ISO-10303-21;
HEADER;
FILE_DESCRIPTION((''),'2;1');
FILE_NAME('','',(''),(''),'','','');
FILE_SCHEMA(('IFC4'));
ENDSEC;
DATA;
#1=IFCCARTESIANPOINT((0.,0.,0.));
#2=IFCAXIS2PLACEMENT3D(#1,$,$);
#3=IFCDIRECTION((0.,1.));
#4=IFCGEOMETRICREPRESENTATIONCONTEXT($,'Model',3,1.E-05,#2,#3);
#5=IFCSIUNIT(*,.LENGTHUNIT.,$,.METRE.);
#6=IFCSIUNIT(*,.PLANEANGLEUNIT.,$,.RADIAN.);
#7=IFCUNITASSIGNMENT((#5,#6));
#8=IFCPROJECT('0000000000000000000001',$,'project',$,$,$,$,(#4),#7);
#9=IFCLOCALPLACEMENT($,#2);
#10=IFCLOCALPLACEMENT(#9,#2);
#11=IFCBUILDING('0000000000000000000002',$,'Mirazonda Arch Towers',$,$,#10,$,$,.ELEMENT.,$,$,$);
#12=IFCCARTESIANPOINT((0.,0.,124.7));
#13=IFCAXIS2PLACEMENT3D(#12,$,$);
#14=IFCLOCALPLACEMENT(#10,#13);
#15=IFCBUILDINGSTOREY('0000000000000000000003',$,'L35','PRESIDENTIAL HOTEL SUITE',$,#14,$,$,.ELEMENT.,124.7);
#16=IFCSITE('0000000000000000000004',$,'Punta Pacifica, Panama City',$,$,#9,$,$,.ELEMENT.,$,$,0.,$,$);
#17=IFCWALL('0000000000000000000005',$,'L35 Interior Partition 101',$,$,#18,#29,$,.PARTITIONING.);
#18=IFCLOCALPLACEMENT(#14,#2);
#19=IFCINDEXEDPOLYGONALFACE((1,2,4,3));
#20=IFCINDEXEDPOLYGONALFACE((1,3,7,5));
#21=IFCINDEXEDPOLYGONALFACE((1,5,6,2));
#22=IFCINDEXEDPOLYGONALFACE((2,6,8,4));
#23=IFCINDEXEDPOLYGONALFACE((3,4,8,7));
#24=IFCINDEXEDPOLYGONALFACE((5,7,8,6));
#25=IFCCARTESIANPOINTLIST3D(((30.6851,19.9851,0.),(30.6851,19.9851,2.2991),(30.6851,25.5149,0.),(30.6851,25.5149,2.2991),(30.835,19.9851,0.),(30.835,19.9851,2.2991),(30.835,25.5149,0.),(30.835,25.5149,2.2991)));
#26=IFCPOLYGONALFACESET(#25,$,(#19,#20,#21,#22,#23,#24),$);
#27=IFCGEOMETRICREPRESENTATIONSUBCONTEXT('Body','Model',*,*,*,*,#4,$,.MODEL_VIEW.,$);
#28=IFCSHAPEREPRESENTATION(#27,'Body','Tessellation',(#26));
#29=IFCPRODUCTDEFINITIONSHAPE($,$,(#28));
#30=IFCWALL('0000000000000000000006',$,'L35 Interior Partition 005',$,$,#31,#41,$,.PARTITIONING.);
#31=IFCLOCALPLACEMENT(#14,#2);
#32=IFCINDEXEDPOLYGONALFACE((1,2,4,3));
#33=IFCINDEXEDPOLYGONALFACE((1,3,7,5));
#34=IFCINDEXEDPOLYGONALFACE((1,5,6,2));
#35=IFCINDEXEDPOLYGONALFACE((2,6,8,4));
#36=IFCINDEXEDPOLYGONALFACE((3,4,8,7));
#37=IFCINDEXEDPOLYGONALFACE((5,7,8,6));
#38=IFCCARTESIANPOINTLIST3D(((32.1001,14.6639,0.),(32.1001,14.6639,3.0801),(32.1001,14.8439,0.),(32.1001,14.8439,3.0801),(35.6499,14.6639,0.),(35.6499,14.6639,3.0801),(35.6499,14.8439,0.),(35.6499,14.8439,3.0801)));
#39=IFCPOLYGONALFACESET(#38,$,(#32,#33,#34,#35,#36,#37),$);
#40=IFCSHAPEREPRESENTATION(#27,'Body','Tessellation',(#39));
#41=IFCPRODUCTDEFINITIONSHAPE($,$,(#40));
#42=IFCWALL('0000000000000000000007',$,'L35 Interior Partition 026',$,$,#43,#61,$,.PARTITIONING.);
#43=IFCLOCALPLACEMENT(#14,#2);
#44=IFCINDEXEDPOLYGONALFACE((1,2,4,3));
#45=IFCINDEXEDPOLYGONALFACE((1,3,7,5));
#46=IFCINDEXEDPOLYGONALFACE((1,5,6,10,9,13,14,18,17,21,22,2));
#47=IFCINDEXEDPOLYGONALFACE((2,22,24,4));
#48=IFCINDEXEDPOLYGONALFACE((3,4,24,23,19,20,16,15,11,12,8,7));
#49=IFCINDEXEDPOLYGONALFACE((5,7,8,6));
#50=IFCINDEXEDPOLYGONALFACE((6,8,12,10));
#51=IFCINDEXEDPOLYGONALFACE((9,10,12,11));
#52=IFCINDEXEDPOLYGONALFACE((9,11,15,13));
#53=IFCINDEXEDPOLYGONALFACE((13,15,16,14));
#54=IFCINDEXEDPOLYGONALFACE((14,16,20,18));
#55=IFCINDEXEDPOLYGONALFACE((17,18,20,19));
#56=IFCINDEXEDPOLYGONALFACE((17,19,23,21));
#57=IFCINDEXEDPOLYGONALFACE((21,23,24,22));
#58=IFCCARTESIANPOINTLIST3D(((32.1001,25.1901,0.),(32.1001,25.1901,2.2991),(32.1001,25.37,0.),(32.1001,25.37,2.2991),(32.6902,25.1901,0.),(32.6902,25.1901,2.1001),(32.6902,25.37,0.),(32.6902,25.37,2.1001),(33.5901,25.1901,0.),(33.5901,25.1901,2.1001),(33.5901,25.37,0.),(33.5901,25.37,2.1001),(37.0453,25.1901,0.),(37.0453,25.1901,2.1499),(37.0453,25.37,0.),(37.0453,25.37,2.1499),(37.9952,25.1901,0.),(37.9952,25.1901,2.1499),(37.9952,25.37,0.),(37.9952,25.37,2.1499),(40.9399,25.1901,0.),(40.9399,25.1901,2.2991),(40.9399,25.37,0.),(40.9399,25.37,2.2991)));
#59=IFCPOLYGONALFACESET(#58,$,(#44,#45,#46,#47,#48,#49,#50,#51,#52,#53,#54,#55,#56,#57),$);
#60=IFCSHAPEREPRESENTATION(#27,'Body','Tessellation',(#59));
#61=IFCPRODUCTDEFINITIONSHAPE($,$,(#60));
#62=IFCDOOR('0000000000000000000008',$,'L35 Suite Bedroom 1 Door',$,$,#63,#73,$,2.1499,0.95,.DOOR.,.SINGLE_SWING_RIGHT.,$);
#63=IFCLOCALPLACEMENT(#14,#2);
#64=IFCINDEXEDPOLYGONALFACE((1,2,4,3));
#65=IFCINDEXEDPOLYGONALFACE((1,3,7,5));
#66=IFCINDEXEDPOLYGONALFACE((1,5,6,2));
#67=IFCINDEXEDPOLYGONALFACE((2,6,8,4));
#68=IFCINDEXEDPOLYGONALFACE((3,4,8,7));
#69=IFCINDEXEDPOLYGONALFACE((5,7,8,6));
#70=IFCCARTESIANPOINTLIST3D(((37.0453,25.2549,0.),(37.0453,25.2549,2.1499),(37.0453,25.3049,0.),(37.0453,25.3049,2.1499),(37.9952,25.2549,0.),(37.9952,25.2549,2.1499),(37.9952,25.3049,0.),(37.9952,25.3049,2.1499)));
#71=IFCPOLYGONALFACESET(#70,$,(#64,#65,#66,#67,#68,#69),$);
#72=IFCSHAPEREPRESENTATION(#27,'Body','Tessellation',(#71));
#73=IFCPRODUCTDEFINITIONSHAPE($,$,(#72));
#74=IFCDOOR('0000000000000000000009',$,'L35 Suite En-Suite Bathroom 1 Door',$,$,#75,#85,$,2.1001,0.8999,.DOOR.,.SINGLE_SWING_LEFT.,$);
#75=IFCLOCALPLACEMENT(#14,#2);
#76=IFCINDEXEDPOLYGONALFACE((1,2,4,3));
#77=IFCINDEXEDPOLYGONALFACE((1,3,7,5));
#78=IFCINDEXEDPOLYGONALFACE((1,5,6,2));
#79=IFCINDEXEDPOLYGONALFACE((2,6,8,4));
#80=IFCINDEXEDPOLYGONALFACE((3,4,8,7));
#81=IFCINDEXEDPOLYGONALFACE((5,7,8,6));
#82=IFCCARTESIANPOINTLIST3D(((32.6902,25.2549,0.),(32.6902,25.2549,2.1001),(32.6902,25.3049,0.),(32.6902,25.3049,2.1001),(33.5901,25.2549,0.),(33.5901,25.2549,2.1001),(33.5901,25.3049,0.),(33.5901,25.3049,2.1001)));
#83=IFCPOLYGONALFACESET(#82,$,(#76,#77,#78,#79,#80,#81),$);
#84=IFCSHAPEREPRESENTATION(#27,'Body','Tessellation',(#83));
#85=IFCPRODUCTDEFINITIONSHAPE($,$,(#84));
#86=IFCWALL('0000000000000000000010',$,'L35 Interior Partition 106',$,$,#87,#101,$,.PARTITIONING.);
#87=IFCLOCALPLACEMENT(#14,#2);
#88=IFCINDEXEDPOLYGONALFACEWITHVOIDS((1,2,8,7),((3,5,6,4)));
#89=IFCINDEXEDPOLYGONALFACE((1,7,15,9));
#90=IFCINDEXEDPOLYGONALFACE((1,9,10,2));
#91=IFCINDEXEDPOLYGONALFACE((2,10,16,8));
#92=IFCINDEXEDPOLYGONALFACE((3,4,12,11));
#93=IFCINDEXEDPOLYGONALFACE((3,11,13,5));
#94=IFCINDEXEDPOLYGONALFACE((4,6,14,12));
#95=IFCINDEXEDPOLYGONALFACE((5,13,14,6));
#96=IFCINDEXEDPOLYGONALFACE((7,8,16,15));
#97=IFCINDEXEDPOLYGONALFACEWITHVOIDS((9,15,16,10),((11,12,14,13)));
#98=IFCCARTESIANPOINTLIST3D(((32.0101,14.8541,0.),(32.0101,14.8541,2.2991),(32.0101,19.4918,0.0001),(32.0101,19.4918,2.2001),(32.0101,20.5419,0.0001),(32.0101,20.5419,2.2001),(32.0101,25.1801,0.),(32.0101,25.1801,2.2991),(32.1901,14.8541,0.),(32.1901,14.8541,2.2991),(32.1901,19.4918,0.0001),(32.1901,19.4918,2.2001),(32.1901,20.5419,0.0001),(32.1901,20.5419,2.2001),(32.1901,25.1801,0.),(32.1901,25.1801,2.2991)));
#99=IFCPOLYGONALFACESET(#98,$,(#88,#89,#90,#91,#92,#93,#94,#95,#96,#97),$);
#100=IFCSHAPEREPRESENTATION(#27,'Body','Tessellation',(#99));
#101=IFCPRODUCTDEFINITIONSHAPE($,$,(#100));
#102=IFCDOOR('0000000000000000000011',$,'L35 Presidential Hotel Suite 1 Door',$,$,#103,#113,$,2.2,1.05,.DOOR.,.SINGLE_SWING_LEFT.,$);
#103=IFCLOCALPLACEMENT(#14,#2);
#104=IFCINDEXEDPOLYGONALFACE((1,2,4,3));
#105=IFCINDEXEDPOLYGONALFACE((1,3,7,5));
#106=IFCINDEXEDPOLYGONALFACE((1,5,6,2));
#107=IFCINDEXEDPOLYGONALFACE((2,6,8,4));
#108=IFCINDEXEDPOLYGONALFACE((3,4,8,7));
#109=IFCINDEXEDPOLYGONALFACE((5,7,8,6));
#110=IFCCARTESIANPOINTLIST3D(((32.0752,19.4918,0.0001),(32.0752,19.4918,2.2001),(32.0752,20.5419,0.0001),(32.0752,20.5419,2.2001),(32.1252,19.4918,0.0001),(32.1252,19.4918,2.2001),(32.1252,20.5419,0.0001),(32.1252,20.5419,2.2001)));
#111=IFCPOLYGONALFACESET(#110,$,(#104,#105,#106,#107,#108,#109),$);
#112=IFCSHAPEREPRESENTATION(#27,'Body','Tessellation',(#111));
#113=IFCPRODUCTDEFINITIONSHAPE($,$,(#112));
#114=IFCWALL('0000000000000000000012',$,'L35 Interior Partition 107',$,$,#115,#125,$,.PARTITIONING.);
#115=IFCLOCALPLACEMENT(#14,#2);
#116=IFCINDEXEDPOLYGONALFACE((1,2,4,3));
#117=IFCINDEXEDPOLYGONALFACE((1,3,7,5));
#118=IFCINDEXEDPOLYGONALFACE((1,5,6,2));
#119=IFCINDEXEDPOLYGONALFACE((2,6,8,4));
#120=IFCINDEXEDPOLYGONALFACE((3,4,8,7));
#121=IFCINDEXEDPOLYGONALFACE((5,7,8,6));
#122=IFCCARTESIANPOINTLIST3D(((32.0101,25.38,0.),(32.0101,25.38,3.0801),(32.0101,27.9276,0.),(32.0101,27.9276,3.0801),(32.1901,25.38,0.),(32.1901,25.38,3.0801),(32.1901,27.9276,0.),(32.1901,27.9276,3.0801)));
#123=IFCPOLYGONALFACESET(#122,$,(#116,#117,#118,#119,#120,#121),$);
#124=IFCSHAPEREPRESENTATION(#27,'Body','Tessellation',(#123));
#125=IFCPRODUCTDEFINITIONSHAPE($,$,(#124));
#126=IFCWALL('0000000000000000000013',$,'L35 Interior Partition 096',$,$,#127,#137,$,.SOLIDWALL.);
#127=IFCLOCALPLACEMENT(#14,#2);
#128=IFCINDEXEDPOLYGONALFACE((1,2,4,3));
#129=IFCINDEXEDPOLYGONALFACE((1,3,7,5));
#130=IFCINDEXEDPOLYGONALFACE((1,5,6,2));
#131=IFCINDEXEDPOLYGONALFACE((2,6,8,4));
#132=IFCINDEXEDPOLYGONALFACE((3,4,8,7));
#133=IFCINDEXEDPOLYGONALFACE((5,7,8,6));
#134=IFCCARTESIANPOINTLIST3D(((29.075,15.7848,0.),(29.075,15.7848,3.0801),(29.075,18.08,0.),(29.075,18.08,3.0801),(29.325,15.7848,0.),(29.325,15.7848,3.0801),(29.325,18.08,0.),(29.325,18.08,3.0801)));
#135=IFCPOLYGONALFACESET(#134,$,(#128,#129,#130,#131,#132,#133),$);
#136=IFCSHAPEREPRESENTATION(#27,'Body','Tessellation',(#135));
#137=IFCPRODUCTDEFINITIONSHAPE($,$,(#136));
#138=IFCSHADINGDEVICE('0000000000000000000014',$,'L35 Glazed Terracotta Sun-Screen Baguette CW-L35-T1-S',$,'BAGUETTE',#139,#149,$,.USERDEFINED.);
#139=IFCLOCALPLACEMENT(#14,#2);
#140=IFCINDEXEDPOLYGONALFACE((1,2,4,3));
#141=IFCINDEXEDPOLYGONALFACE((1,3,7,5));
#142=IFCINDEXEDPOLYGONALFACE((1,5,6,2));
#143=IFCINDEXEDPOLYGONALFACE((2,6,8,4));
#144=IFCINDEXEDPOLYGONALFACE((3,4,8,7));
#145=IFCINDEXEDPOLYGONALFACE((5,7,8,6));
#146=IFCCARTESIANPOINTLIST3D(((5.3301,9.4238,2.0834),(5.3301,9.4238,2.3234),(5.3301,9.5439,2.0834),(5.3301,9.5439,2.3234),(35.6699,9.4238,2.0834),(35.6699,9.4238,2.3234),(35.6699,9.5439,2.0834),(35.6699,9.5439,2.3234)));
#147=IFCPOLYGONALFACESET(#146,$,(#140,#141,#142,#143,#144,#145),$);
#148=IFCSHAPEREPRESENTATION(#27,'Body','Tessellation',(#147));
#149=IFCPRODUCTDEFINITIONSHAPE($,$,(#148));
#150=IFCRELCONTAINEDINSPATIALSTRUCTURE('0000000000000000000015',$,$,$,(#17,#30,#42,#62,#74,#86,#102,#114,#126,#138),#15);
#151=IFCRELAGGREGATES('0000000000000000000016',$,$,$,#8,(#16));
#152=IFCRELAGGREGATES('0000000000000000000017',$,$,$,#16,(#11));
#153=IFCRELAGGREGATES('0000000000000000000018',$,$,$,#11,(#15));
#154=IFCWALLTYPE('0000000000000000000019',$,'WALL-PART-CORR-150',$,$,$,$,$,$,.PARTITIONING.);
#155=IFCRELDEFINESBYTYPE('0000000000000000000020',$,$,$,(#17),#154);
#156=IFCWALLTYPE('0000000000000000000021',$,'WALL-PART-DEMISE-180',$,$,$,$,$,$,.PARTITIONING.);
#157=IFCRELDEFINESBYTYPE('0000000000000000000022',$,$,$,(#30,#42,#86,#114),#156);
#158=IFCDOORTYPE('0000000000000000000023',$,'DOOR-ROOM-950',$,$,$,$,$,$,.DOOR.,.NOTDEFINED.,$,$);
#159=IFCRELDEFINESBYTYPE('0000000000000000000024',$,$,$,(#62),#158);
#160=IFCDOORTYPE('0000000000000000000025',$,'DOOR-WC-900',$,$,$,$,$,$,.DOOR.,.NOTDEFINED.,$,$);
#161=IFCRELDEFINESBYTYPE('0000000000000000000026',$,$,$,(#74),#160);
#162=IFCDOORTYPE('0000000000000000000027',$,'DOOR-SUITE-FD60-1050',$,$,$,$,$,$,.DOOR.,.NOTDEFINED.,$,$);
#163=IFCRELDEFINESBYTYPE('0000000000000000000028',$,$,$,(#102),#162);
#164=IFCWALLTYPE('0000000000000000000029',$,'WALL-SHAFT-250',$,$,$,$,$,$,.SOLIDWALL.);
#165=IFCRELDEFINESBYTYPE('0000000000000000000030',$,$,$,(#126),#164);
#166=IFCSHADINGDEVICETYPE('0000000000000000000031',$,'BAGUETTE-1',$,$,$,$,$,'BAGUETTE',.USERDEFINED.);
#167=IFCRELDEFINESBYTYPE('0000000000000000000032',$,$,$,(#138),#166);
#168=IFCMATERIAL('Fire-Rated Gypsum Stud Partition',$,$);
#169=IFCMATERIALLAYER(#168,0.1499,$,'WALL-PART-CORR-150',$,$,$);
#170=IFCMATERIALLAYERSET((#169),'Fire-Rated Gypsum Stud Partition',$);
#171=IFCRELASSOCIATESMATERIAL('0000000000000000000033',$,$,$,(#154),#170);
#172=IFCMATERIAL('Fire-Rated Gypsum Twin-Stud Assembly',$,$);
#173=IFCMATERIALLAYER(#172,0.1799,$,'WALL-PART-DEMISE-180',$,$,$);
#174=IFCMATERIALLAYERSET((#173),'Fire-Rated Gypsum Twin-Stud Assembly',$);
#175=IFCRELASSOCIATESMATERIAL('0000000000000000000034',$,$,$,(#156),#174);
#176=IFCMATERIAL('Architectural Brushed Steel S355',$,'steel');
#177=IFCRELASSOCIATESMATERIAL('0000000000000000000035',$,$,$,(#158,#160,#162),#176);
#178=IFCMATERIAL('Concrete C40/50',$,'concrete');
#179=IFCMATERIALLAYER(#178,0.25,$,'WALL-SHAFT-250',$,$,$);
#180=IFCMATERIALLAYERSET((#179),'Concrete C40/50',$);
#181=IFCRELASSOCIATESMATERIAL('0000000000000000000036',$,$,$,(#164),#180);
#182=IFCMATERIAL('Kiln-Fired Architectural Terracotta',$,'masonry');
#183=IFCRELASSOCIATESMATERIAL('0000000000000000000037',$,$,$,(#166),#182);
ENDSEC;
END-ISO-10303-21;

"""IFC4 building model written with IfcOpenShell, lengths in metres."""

from ifc_helpers import new_model, si_unit, direction, frame, frame_2d, origin, origin_2d, place, context, subcontext, project, spatial, rectangle, extrude, material, layer, layer_set, material_profile, profile_set, type_object, element, fill, save


model = new_model("IFC4")

# Units and contexts
model_context = context("Model", 3, precision=1e-05, world=origin(), true_north=direction((0.0, 1.0)))
body_context = subcontext(model_context, "Body", "Model", "MODEL_VIEW")
ifc_project = project(units=[si_unit("LENGTHUNIT", "METRE"), si_unit("PLANEANGLEUNIT", "RADIAN")], contexts=[model_context])

# Site, building, storey
site_placement = place(None, origin())
site = spatial("IfcSite", under=ifc_project, at=site_placement, Name="Punta Pacifica, Panama City", CompositionType="ELEMENT", RefElevation=0.0)
building_placement = place(site_placement, origin())
building = spatial("IfcBuilding", under=site, at=building_placement, Name="Mirazonda Arch Towers", CompositionType="ELEMENT")
storey_placement = place(building_placement, frame((0.0, 0.0, 124.7)))
storey = spatial("IfcBuildingStorey", under=building, at=storey_placement, Name="L35", Description="PRESIDENTIAL HOTEL SUITE", CompositionType="ELEMENT", Elevation=124.7)

# Walls
ifc_material_1 = material(Name="Fire-Rated Gypsum Stud Partition")
ifc_layer_1 = layer(ifc_material_1, 0.1499, Name="WALL-PART-CORR-150")
ifc_layer_set_1 = layer_set([ifc_layer_1], Name="Fire-Rated Gypsum Stud Partition")
wall_type_1 = type_object("IfcWallType", Name="WALL-PART-CORR-150", PredefinedType="PARTITIONING", material=ifc_layer_set_1)
wall_1_placement = place(storey_placement, frame((30.76, 19.9851, 0.0), z_axis=(0.0, 0.0, 1.0), x_axis=(0.0, 1.0, 0.0)))
element("IfcWall", 1, at=wall_1_placement, inside=storey, type_object=wall_type_1, Name="L35 Interior Partition 101", PredefinedType="PARTITIONING", context=body_context, shape_type="SweptSolid", body=[
    extrude(rectangle(XDim=5.5298, YDim=0.1499, at=frame_2d((2.7649, 0.0))), origin(), (0.0, 0.0, 1.0), 2.2991),
])
ifc_material_2 = material(Name="Fire-Rated Gypsum Twin-Stud Assembly")
ifc_layer_2 = layer(ifc_material_2, 0.1799, Name="WALL-PART-DEMISE-180")
ifc_layer_set_2 = layer_set([ifc_layer_2], Name="Fire-Rated Gypsum Twin-Stud Assembly")
wall_type_2 = type_object("IfcWallType", Name="WALL-PART-DEMISE-180", PredefinedType="PARTITIONING", material=ifc_layer_set_2)
wall_2_placement = place(storey_placement, frame((32.1001, 14.7539, 0.0), z_axis=(0.0, 0.0, 1.0), x_axis=(1.0, 0.0, 0.0)))
element("IfcWall", 2, at=wall_2_placement, inside=storey, type_object=wall_type_2, Name="L35 Interior Partition 005", PredefinedType="PARTITIONING", context=body_context, shape_type="SweptSolid", body=[
    extrude(rectangle(XDim=3.5498, YDim=0.1799, at=frame_2d((1.7749, 0.0))), origin(), (0.0, 0.0, 1.0), 3.0801),
])

# Wall, openings, doors
wall_3_placement = place(storey_placement, frame((32.1001, 25.28, 0.0), z_axis=(0.0, 0.0, 1.0), x_axis=(1.0, 0.0, 0.0)))
wall_3 = element("IfcWall", 3, at=wall_3_placement, inside=storey, type_object=wall_type_2, Name="L35 Interior Partition 026", PredefinedType="PARTITIONING", context=body_context, shape_type="SweptSolid", body=[
    extrude(rectangle(XDim=8.8398, YDim=0.1799, at=frame_2d((4.4199, 0.0))), origin(), (0.0, 0.0, 1.0), 2.2991),
])
opening_1_placement = place(wall_3_placement, frame((4.9451, 0.0, 0.0)))
opening_1 = element("IfcOpeningElement", 4, at=opening_1_placement, cuts=wall_3, PredefinedType="OPENING", context=body_context, shape_type="SweptSolid", body=[
    extrude(rectangle(XDim=0.95, YDim=2.1499, at=frame_2d((0.4751, 1.075))), frame((0.0, 0.0999, 0.0), z_axis=(0.0, -1.0, 0.0), x_axis=(1.0, 0.0, 0.0)), (0.0, 0.0, 1.0), 0.2),
])
opening_2_placement = place(wall_3_placement, frame((0.5901, 0.0, 0.0)))
opening_2 = element("IfcOpeningElement", 5, at=opening_2_placement, cuts=wall_3, PredefinedType="OPENING", context=body_context, shape_type="SweptSolid", body=[
    extrude(rectangle(XDim=0.8999, YDim=2.1001, at=frame_2d((0.45, 1.05))), frame((0.0, 0.0999, 0.0), z_axis=(0.0, -1.0, 0.0), x_axis=(1.0, 0.0, 0.0)), (0.0, 0.0, 1.0), 0.2),
])
ifc_material_3 = material(Name="Architectural Brushed Steel S355", Category="steel")
door_type_1 = type_object("IfcDoorType", Name="DOOR-ROOM-950", OperationType="NOTDEFINED", PredefinedType="DOOR", material=ifc_material_3)
door_1_placement = place(opening_1_placement, origin())
door_1 = element("IfcDoor", 6, at=door_1_placement, inside=storey, type_object=door_type_1, Name="L35 Suite Bedroom 1 Door", OperationType="SINGLE_SWING_RIGHT", OverallHeight=2.1499, OverallWidth=0.95, PredefinedType="DOOR", context=body_context, shape_type="SweptSolid", body=[
    extrude(rectangle(XDim=0.95, YDim=2.1499, at=frame_2d((0.4751, 1.075))), frame((0.0, 0.0249, 0.0), z_axis=(0.0, -1.0, 0.0), x_axis=(1.0, 0.0, 0.0)), (0.0, 0.0, 1.0), 0.05),
])
fill(opening_1, door_1)
door_type_2 = type_object("IfcDoorType", Name="DOOR-WC-900", OperationType="NOTDEFINED", PredefinedType="DOOR", material=ifc_material_3)
door_2_placement = place(opening_2_placement, origin())
door_2 = element("IfcDoor", 7, at=door_2_placement, inside=storey, type_object=door_type_2, Name="L35 Suite En-Suite Bathroom 1 Door", OperationType="SINGLE_SWING_LEFT", OverallHeight=2.1001, OverallWidth=0.8999, PredefinedType="DOOR", context=body_context, shape_type="SweptSolid", body=[
    extrude(rectangle(XDim=0.8999, YDim=2.1001, at=frame_2d((0.45, 1.05))), frame((0.0, 0.0249, 0.0), z_axis=(0.0, -1.0, 0.0), x_axis=(1.0, 0.0, 0.0)), (0.0, 0.0, 1.0), 0.05),
])
fill(opening_2, door_2)

# Wall, opening, door
wall_4_placement = place(storey_placement, frame((32.1001, 14.854, 0.0), z_axis=(0.0, 0.0, 1.0), x_axis=(0.0, 1.0, 0.0)))
wall_4 = element("IfcWall", 8, at=wall_4_placement, inside=storey, type_object=wall_type_2, Name="L35 Interior Partition 106", PredefinedType="PARTITIONING", context=body_context, shape_type="SweptSolid", body=[
    extrude(rectangle(XDim=10.3259, YDim=0.1799, at=frame_2d((5.1631, 0.0))), origin(), (0.0, 0.0, 1.0), 2.2991),
])
opening_3_placement = place(wall_4_placement, frame((4.6379, 0.0, 0.0)))
opening_3 = element("IfcOpeningElement", 9, at=opening_3_placement, cuts=wall_4, PredefinedType="OPENING", context=body_context, shape_type="SweptSolid", body=[
    extrude(rectangle(XDim=1.05, YDim=2.2, at=frame_2d((0.5249, 1.1001))), frame((0.0, 0.0999, 0.0), z_axis=(0.0, -1.0, 0.0), x_axis=(1.0, 0.0, 0.0)), (0.0, 0.0, 1.0), 0.2),
])
door_type_3 = type_object("IfcDoorType", Name="DOOR-SUITE-FD60-1050", OperationType="NOTDEFINED", PredefinedType="DOOR", material=ifc_material_3)
door_3_placement = place(opening_3_placement, origin())
door_3 = element("IfcDoor", 10, at=door_3_placement, inside=storey, type_object=door_type_3, Name="L35 Presidential Hotel Suite 1 Door", OperationType="SINGLE_SWING_LEFT", OverallHeight=2.2, OverallWidth=1.05, PredefinedType="DOOR", context=body_context, shape_type="SweptSolid", body=[
    extrude(rectangle(XDim=1.05, YDim=2.2, at=frame_2d((0.5249, 1.1001))), frame((0.0, 0.0249, 0.0), z_axis=(0.0, -1.0, 0.0), x_axis=(1.0, 0.0, 0.0)), (0.0, 0.0, 1.0), 0.05),
])
fill(opening_3, door_3)

# Walls
wall_5_placement = place(storey_placement, frame((32.1001, 25.3799, 0.0), z_axis=(0.0, 0.0, 1.0), x_axis=(0.0, 1.0, 0.0)))
element("IfcWall", 11, at=wall_5_placement, inside=storey, type_object=wall_type_2, Name="L35 Interior Partition 107", PredefinedType="PARTITIONING", context=body_context, shape_type="SweptSolid", body=[
    extrude(rectangle(XDim=2.5476, YDim=0.1799, at=frame_2d((1.2739, 0.0))), origin(), (0.0, 0.0, 1.0), 3.0801),
])
ifc_material_4 = material(Name="Concrete C40/50", Category="concrete")
ifc_layer_3 = layer(ifc_material_4, 0.25, Name="WALL-SHAFT-250")
ifc_layer_set_3 = layer_set([ifc_layer_3], Name="Concrete C40/50")
wall_type_3 = type_object("IfcWallType", Name="WALL-SHAFT-250", PredefinedType="SOLIDWALL", material=ifc_layer_set_3)
wall_6_placement = place(storey_placement, frame((29.2, 15.7849, 0.0), z_axis=(0.0, 0.0, 1.0), x_axis=(0.0, 1.0, 0.0)))
element("IfcWall", 12, at=wall_6_placement, inside=storey, type_object=wall_type_3, Name="L35 Interior Partition 096", PredefinedType="SOLIDWALL", context=body_context, shape_type="SweptSolid", body=[
    extrude(rectangle(XDim=2.2952, YDim=0.25, at=frame_2d((1.1475, 0.0))), origin(), (0.0, 0.0, 1.0), 3.0801),
])

# Shading device
ifc_material_5 = material(Name="Kiln-Fired Architectural Terracotta", Category="masonry")
ifc_material_profile_1 = material_profile(ifc_material_5, rectangle(XDim=0.1201, YDim=0.24, at=origin_2d()), Name="TERRA-BAG-120x240")
ifc_profile_set_1 = profile_set([ifc_material_profile_1], Name="Kiln-Fired Architectural Terracotta")
shading_device_type = type_object("IfcShadingDeviceType", Name="BAGUETTE-1", ElementType="BAGUETTE", PredefinedType="USERDEFINED", material=ifc_profile_set_1)
shading_device_placement = place(storey_placement, frame((35.6699, 9.4839, 2.2034), z_axis=(-1.0, 0.0, 0.0), x_axis=(0.0, -1.0, 0.0)))
element("IfcShadingDevice", 13, at=shading_device_placement, inside=storey, type_object=shading_device_type, Name="L35 Glazed Terracotta Sun-Screen Baguette CW-L35-T1-S", ObjectType="BAGUETTE", PredefinedType="USERDEFINED", context=body_context, shape_type="SweptSolid", body=[
    extrude(rectangle(XDim=0.1201, YDim=0.24, at=origin_2d()), origin(), (0.0, 0.0, 1.0), 30.3398),
])

save(model, "model.ifc")
